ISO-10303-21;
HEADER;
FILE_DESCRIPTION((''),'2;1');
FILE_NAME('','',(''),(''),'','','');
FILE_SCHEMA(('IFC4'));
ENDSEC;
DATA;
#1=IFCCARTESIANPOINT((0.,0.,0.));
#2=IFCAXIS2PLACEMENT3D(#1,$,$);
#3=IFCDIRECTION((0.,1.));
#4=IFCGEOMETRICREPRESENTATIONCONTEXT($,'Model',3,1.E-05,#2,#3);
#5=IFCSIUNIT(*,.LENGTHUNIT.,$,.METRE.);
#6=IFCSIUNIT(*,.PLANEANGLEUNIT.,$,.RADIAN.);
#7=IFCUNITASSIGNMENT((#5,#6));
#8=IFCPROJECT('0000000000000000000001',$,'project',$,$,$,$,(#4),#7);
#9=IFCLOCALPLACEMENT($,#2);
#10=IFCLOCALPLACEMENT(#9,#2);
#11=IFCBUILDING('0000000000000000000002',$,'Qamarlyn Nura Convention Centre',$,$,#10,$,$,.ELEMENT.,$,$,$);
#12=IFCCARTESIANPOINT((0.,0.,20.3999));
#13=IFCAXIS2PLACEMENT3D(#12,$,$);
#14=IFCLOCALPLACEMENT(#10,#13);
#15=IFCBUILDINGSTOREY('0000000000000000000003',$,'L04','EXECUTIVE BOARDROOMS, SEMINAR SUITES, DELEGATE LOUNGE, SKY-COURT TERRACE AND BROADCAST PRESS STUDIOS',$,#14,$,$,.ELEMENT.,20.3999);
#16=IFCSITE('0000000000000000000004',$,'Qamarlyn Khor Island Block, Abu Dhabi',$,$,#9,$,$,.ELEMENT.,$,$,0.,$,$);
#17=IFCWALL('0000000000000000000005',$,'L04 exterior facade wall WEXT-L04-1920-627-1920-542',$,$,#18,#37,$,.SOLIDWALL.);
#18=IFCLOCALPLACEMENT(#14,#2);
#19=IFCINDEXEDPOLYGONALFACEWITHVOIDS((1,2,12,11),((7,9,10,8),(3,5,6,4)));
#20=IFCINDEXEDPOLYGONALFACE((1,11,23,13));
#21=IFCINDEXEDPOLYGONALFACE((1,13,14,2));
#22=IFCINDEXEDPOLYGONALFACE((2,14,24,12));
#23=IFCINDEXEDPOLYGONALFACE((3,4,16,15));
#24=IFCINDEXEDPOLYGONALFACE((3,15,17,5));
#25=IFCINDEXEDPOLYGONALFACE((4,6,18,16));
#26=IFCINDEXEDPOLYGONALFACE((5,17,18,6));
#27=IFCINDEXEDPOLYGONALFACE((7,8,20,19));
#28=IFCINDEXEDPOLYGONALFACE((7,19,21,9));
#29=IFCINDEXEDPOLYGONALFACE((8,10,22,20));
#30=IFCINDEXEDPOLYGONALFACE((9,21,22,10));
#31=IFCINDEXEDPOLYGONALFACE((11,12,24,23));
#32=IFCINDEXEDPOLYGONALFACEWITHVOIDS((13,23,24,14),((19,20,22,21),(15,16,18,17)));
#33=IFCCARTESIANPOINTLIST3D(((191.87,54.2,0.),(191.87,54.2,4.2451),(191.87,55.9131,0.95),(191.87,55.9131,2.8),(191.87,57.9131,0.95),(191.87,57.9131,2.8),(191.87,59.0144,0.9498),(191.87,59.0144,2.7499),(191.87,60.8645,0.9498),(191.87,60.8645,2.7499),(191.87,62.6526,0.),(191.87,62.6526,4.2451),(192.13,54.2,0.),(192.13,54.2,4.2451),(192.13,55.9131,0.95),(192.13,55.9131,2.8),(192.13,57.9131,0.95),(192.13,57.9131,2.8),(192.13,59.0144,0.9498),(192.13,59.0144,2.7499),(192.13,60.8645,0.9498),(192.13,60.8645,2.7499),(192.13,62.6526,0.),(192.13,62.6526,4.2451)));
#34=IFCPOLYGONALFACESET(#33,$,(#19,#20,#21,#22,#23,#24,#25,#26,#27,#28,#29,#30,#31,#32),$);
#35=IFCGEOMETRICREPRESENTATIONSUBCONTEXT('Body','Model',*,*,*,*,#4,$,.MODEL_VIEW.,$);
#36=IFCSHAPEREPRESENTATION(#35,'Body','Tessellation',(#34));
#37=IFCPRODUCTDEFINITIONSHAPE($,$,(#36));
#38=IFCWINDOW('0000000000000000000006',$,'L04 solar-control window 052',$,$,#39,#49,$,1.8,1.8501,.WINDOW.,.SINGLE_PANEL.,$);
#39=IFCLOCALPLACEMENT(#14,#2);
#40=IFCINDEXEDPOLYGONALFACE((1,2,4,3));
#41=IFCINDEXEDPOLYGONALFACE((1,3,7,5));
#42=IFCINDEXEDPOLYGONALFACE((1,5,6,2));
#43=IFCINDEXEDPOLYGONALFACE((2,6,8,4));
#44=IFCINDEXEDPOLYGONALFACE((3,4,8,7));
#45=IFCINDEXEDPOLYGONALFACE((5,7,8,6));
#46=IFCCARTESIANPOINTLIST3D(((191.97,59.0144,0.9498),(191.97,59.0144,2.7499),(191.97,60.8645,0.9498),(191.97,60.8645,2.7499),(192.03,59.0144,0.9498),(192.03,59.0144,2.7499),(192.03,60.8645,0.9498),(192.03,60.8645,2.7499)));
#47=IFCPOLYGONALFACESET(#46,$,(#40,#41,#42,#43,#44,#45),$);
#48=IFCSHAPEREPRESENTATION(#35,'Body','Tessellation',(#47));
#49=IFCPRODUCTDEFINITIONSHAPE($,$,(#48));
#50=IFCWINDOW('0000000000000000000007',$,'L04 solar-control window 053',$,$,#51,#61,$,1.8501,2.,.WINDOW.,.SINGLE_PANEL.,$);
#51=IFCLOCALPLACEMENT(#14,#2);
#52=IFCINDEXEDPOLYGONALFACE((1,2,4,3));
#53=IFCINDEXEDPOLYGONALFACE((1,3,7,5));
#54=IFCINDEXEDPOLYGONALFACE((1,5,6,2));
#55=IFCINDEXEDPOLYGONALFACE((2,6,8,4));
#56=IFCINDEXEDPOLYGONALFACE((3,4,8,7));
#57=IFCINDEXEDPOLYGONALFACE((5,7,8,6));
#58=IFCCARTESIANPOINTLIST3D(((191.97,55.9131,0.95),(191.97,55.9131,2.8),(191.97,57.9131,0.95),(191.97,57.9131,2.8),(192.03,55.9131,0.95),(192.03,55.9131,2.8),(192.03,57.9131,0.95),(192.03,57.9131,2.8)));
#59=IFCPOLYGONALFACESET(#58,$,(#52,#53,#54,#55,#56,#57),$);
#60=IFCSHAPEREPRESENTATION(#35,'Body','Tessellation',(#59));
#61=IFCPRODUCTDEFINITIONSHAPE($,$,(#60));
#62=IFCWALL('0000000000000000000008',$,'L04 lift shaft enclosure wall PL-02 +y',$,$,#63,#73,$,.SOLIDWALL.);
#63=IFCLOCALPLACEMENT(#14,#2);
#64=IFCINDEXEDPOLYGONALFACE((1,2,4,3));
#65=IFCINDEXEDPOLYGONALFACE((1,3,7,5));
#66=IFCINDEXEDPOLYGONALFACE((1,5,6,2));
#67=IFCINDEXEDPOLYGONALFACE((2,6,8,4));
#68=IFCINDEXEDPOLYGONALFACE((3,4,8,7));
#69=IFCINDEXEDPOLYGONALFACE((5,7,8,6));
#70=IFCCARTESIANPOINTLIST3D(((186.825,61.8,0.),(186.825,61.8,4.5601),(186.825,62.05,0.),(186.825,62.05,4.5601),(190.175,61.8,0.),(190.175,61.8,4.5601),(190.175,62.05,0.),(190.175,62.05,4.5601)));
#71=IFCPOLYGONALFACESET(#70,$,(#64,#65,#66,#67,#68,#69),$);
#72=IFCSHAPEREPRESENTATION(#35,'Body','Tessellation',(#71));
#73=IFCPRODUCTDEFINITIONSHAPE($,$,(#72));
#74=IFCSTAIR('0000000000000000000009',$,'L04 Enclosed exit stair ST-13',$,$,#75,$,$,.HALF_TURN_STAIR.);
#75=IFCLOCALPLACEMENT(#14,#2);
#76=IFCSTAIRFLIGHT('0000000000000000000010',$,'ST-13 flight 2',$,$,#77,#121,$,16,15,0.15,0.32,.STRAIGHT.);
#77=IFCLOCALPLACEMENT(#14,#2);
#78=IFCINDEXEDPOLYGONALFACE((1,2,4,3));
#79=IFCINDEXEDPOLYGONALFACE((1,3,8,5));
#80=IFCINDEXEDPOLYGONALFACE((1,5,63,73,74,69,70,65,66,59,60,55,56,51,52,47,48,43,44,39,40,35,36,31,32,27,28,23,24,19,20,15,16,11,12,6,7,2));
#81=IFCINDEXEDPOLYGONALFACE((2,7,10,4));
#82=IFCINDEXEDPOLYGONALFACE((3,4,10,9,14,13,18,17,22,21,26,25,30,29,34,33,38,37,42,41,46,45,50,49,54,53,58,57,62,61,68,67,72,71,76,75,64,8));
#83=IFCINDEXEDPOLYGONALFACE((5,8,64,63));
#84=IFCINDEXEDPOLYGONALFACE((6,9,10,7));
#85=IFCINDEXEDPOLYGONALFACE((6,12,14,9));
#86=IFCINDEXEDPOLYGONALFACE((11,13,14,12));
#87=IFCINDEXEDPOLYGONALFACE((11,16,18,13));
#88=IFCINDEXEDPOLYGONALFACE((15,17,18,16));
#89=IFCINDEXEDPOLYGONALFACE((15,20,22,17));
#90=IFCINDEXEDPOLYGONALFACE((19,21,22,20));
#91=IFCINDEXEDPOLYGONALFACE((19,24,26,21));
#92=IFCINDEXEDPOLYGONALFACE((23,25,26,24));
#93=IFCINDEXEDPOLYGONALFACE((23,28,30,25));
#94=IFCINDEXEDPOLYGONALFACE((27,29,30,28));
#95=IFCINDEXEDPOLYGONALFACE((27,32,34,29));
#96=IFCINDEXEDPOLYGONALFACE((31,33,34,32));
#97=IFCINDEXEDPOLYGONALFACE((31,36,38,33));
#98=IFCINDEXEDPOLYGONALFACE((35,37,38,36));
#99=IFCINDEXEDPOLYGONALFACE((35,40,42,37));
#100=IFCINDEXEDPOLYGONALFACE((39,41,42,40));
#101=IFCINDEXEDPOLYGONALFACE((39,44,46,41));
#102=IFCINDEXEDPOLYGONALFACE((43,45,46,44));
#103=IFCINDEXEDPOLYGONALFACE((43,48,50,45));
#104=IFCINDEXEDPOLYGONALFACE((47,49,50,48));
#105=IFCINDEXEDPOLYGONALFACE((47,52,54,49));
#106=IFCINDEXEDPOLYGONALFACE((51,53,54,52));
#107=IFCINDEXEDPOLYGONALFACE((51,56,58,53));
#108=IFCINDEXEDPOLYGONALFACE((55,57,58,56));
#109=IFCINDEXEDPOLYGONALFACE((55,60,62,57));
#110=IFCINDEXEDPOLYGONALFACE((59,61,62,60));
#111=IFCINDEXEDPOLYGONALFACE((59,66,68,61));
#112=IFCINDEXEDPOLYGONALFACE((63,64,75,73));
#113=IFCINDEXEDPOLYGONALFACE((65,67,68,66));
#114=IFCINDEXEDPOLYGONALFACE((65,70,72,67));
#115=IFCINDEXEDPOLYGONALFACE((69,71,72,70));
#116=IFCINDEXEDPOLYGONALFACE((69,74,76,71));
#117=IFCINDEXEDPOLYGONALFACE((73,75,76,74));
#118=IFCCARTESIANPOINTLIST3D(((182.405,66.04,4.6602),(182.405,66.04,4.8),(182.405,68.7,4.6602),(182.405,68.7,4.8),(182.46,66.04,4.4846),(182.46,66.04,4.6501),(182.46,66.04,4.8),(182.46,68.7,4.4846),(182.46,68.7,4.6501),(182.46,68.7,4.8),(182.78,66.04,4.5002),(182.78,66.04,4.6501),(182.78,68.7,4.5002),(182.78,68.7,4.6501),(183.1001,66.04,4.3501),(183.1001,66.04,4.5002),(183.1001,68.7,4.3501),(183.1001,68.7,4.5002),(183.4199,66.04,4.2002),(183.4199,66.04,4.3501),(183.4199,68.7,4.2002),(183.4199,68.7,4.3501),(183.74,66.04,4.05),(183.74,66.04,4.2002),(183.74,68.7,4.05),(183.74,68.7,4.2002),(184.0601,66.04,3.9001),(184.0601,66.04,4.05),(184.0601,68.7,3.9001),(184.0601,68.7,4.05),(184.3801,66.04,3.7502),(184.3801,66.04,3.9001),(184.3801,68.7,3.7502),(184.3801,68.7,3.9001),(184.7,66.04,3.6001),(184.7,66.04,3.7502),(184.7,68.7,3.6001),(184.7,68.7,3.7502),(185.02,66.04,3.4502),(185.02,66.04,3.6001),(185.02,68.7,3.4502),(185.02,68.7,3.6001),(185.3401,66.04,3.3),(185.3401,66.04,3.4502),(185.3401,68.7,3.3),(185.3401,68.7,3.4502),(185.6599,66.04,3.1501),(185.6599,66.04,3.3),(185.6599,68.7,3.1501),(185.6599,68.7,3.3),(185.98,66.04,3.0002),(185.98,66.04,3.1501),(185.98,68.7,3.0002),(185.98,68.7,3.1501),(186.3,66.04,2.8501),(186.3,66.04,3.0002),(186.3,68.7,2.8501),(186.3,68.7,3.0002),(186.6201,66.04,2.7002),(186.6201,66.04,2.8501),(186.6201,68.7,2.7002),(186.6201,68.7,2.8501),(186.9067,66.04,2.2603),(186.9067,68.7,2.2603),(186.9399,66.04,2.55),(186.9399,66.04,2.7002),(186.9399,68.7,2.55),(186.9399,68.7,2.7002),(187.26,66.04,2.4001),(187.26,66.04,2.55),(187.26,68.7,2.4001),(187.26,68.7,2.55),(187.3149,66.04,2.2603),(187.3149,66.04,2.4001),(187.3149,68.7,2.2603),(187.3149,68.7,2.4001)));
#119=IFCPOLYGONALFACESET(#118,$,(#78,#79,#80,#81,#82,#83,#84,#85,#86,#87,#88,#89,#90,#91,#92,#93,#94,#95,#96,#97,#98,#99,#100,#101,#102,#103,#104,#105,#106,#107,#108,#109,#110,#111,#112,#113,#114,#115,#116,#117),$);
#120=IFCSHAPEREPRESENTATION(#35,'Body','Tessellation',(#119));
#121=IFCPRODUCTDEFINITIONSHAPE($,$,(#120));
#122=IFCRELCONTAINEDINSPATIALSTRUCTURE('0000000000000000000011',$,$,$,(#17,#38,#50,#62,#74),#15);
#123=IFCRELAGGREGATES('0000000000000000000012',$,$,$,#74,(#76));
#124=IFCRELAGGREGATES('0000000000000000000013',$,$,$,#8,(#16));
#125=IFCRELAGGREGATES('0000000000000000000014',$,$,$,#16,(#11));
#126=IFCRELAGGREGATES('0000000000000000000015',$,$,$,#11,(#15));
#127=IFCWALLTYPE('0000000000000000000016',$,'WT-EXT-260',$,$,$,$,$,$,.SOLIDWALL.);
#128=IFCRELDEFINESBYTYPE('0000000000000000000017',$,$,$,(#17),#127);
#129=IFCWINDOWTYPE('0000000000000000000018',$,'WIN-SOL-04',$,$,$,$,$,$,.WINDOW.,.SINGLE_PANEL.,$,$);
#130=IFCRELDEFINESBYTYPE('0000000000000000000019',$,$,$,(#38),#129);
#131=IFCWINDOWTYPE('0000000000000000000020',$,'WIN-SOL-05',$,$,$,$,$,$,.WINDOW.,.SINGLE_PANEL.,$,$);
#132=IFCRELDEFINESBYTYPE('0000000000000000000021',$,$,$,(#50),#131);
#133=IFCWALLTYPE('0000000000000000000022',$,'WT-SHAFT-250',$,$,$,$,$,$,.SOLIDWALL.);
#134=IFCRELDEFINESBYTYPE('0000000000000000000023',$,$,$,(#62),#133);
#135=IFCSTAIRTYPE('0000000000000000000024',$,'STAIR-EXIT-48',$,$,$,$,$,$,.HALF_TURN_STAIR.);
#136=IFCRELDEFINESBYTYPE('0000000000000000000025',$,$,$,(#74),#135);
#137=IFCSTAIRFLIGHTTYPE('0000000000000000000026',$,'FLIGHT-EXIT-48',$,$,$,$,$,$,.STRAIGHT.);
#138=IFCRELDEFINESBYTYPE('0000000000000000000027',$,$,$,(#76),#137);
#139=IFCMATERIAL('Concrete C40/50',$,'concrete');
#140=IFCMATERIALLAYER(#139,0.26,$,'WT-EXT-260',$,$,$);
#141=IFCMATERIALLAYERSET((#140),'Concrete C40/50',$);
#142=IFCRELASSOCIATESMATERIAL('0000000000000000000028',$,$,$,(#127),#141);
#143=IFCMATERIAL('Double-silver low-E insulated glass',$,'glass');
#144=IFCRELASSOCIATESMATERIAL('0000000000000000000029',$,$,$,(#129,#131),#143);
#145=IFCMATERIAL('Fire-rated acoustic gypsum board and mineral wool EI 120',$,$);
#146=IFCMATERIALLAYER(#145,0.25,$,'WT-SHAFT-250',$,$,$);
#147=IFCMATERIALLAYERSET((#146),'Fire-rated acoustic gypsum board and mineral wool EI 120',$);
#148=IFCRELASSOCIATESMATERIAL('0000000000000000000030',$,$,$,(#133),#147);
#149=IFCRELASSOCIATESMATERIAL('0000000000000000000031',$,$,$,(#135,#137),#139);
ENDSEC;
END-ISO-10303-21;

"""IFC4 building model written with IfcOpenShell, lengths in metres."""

from ifc_helpers import new_model, si_unit, direction, frame, frame_2d, origin, place, context, subcontext, project, spatial, polyline, rectangle, outline, extrude, material, layer, layer_set, type_object, element, fill, aggregate, save


model = new_model("IFC4")

# Units and contexts
model_context = context("Model", 3, precision=1e-05, world=origin(), true_north=direction((0.0, 1.0)))
body_context = subcontext(model_context, "Body", "Model", "MODEL_VIEW")
ifc_project = project(units=[si_unit("LENGTHUNIT", "METRE"), si_unit("PLANEANGLEUNIT", "RADIAN")], contexts=[model_context])

# Site, building, storey
site_placement = place(None, origin())
site = spatial("IfcSite", under=ifc_project, at=site_placement, Name="Qamarlyn Khor Island Block, Abu Dhabi", CompositionType="ELEMENT", RefElevation=0.0)
building_placement = place(site_placement, origin())
building = spatial("IfcBuilding", under=site, at=building_placement, Name="Qamarlyn Nura Convention Centre", CompositionType="ELEMENT")
storey_placement = place(building_placement, frame((0.0, 0.0, 20.3999)))
storey = spatial("IfcBuildingStorey", under=building, at=storey_placement, Name="L04", Description="EXECUTIVE BOARDROOMS, SEMINAR SUITES, DELEGATE LOUNGE, SKY-COURT TERRACE AND BROADCAST PRESS STUDIOS", CompositionType="ELEMENT", Elevation=20.3999)

# Shared definitions
ifc_material_1 = material(Name="Double-silver low-E insulated glass", Category="glass")

# Wall, openings, windows
ifc_material_2 = material(Name="Concrete C40/50", Category="concrete")
ifc_layer_1 = layer(ifc_material_2, 0.26, Name="WT-EXT-260")
ifc_layer_set_1 = layer_set([ifc_layer_1], Name="Concrete C40/50")
wall_type_1 = type_object("IfcWallType", Name="WT-EXT-260", PredefinedType="SOLIDWALL", material=ifc_layer_set_1)
wall_1_placement = place(storey_placement, frame((192.0, 62.6526, 0.0), z_axis=(0.0, 0.0, 1.0), x_axis=(0.0, -1.0, 0.0)))
wall_1 = element("IfcWall", 1, at=wall_1_placement, inside=storey, type_object=wall_type_1, Name="L04 exterior facade wall WEXT-L04-1920-627-1920-542", PredefinedType="SOLIDWALL", context=body_context, shape_type="SweptSolid", body=[
    extrude(rectangle(XDim=8.4526, YDim=0.26, at=frame_2d((4.2263, 0.0))), origin(), (0.0, 0.0, 1.0), 4.2451),
])
opening_1_placement = place(wall_1_placement, frame((1.7881, 0.0, 0.95)))
opening_1 = element("IfcOpeningElement", 2, at=opening_1_placement, cuts=wall_1, PredefinedType="OPENING", context=body_context, shape_type="SweptSolid", body=[
    extrude(rectangle(XDim=1.8501, YDim=1.8, at=frame_2d((0.925, 0.8999))), frame((0.0, 0.1401, 0.0), z_axis=(0.0, -1.0, 0.0), x_axis=(1.0, 0.0, 0.0)), (0.0, 0.0, 1.0), 0.28),
])
opening_2_placement = place(wall_1_placement, frame((4.7395, 0.0, 0.95)))
opening_2 = element("IfcOpeningElement", 3, at=opening_2_placement, cuts=wall_1, PredefinedType="OPENING", context=body_context, shape_type="SweptSolid", body=[
    extrude(rectangle(XDim=2.0, YDim=1.8501, at=frame_2d((1.0, 0.925))), frame((0.0, 0.1401, 0.0), z_axis=(0.0, -1.0, 0.0), x_axis=(1.0, 0.0, 0.0)), (0.0, 0.0, 1.0), 0.28),
])
window_type_1 = type_object("IfcWindowType", Name="WIN-SOL-04", PartitioningType="SINGLE_PANEL", PredefinedType="WINDOW", material=ifc_material_1)
window_1_placement = place(opening_1_placement, origin())
window_1 = element("IfcWindow", 4, at=window_1_placement, inside=storey, type_object=window_type_1, Name="L04 solar-control window 052", OverallHeight=1.8, OverallWidth=1.8501, PartitioningType="SINGLE_PANEL", PredefinedType="WINDOW", context=body_context, shape_type="SweptSolid", body=[
    extrude(rectangle(XDim=1.8501, YDim=1.8, at=frame_2d((0.925, 0.8999))), frame((0.0, 0.03, 0.0), z_axis=(0.0, -1.0, 0.0), x_axis=(1.0, 0.0, 0.0)), (0.0, 0.0, 1.0), 0.0601),
])
fill(opening_1, window_1)
window_type_2 = type_object("IfcWindowType", Name="WIN-SOL-05", PartitioningType="SINGLE_PANEL", PredefinedType="WINDOW", material=ifc_material_1)
window_2_placement = place(opening_2_placement, origin())
window_2 = element("IfcWindow", 5, at=window_2_placement, inside=storey, type_object=window_type_2, Name="L04 solar-control window 053", OverallHeight=1.8501, OverallWidth=2.0, PartitioningType="SINGLE_PANEL", PredefinedType="WINDOW", context=body_context, shape_type="SweptSolid", body=[
    extrude(rectangle(XDim=2.0, YDim=1.8501, at=frame_2d((1.0, 0.925))), frame((0.0, 0.03, 0.0), z_axis=(0.0, -1.0, 0.0), x_axis=(1.0, 0.0, 0.0)), (0.0, 0.0, 1.0), 0.0601),
])
fill(opening_2, window_2)

# Wall
ifc_material_3 = material(Name="Fire-rated acoustic gypsum board and mineral wool EI 120")
ifc_layer_2 = layer(ifc_material_3, 0.25, Name="WT-SHAFT-250")
ifc_layer_set_2 = layer_set([ifc_layer_2], Name="Fire-rated acoustic gypsum board and mineral wool EI 120")
wall_type_2 = type_object("IfcWallType", Name="WT-SHAFT-250", PredefinedType="SOLIDWALL", material=ifc_layer_set_2)
wall_2_placement = place(storey_placement, frame((190.175, 61.925, 0.0), z_axis=(0.0, 0.0, 1.0), x_axis=(-1.0, 0.0, 0.0)))
element("IfcWall", 6, at=wall_2_placement, inside=storey, type_object=wall_type_2, Name="L04 lift shaft enclosure wall PL-02 +y", PredefinedType="SOLIDWALL", context=body_context, shape_type="SweptSolid", body=[
    extrude(rectangle(XDim=3.3501, YDim=0.25, at=frame_2d((1.675, 0.0))), origin(), (0.0, 0.0, 1.0), 4.5601),
])

# Stair, stair flight
stair_type = type_object("IfcStairType", Name="STAIR-EXIT-48", PredefinedType="HALF_TURN_STAIR", material=ifc_material_2)
stair_placement = place(storey_placement, origin())
stair = element("IfcStair", 7, at=stair_placement, inside=storey, type_object=stair_type, Name="L04 Enclosed exit stair ST-13", PredefinedType="HALF_TURN_STAIR")
stair_flight_type = type_object("IfcStairFlightType", Name="FLIGHT-EXIT-48", PredefinedType="STRAIGHT", material=ifc_material_2)
stair_flight_placement = place(storey_placement, frame((187.26, 67.3701, 2.4001), z_axis=(0.0, 0.0, 1.0), x_axis=(-1.0, 0.0, 0.0)))
stair_flight = element("IfcStairFlight", 8, at=stair_flight_placement, type_object=stair_flight_type, Name="ST-13 flight 2", NumberOfRisers=16, NumberOfTreads=15, PredefinedType="STRAIGHT", RiserHeight=0.15, TreadLength=0.32, context=body_context, shape_type="SweptSolid", body=[
    extrude(outline(polyline([(-0.0549, 0.0), (0.0, 0.0), (0.0, 0.1499), (0.3201, 0.1499), (0.3201, 0.3), (0.6399, 0.3), (0.6399, 0.45), (0.96, 0.45), (0.96, 0.6001), (1.28, 0.6001), (1.28, 0.75), (1.6001, 0.75), (1.6001, 0.8999), (1.9199, 0.8999), (1.9199, 1.05), (2.24, 1.05), (2.24, 1.2), (2.5601, 1.2), (2.5601, 1.3501), (2.8799, 1.3501), (2.8799, 1.5), (3.2, 1.5), (3.2, 1.6499), (3.52, 1.6499), (3.52, 1.8), (3.8401, 1.8), (3.8401, 1.95), (4.1599, 1.95), (4.1599, 2.1001), (4.48, 2.1001), (4.48, 2.25), (4.8, 2.25), (4.8, 2.3999), (4.855, 2.3999), (4.855, 2.26), (4.8, 2.0845), (0.3533, -0.1399), (-0.0549, -0.1399), (-0.0549, 0.0)])), frame((0.0, 1.3301, 0.0), z_axis=(0.0, -1.0, 0.0), x_axis=(1.0, 0.0, 0.0)), (0.0, 0.0, 1.0), 2.6599),
])
aggregate(stair, [stair_flight])

save(model, "model.ifc")
